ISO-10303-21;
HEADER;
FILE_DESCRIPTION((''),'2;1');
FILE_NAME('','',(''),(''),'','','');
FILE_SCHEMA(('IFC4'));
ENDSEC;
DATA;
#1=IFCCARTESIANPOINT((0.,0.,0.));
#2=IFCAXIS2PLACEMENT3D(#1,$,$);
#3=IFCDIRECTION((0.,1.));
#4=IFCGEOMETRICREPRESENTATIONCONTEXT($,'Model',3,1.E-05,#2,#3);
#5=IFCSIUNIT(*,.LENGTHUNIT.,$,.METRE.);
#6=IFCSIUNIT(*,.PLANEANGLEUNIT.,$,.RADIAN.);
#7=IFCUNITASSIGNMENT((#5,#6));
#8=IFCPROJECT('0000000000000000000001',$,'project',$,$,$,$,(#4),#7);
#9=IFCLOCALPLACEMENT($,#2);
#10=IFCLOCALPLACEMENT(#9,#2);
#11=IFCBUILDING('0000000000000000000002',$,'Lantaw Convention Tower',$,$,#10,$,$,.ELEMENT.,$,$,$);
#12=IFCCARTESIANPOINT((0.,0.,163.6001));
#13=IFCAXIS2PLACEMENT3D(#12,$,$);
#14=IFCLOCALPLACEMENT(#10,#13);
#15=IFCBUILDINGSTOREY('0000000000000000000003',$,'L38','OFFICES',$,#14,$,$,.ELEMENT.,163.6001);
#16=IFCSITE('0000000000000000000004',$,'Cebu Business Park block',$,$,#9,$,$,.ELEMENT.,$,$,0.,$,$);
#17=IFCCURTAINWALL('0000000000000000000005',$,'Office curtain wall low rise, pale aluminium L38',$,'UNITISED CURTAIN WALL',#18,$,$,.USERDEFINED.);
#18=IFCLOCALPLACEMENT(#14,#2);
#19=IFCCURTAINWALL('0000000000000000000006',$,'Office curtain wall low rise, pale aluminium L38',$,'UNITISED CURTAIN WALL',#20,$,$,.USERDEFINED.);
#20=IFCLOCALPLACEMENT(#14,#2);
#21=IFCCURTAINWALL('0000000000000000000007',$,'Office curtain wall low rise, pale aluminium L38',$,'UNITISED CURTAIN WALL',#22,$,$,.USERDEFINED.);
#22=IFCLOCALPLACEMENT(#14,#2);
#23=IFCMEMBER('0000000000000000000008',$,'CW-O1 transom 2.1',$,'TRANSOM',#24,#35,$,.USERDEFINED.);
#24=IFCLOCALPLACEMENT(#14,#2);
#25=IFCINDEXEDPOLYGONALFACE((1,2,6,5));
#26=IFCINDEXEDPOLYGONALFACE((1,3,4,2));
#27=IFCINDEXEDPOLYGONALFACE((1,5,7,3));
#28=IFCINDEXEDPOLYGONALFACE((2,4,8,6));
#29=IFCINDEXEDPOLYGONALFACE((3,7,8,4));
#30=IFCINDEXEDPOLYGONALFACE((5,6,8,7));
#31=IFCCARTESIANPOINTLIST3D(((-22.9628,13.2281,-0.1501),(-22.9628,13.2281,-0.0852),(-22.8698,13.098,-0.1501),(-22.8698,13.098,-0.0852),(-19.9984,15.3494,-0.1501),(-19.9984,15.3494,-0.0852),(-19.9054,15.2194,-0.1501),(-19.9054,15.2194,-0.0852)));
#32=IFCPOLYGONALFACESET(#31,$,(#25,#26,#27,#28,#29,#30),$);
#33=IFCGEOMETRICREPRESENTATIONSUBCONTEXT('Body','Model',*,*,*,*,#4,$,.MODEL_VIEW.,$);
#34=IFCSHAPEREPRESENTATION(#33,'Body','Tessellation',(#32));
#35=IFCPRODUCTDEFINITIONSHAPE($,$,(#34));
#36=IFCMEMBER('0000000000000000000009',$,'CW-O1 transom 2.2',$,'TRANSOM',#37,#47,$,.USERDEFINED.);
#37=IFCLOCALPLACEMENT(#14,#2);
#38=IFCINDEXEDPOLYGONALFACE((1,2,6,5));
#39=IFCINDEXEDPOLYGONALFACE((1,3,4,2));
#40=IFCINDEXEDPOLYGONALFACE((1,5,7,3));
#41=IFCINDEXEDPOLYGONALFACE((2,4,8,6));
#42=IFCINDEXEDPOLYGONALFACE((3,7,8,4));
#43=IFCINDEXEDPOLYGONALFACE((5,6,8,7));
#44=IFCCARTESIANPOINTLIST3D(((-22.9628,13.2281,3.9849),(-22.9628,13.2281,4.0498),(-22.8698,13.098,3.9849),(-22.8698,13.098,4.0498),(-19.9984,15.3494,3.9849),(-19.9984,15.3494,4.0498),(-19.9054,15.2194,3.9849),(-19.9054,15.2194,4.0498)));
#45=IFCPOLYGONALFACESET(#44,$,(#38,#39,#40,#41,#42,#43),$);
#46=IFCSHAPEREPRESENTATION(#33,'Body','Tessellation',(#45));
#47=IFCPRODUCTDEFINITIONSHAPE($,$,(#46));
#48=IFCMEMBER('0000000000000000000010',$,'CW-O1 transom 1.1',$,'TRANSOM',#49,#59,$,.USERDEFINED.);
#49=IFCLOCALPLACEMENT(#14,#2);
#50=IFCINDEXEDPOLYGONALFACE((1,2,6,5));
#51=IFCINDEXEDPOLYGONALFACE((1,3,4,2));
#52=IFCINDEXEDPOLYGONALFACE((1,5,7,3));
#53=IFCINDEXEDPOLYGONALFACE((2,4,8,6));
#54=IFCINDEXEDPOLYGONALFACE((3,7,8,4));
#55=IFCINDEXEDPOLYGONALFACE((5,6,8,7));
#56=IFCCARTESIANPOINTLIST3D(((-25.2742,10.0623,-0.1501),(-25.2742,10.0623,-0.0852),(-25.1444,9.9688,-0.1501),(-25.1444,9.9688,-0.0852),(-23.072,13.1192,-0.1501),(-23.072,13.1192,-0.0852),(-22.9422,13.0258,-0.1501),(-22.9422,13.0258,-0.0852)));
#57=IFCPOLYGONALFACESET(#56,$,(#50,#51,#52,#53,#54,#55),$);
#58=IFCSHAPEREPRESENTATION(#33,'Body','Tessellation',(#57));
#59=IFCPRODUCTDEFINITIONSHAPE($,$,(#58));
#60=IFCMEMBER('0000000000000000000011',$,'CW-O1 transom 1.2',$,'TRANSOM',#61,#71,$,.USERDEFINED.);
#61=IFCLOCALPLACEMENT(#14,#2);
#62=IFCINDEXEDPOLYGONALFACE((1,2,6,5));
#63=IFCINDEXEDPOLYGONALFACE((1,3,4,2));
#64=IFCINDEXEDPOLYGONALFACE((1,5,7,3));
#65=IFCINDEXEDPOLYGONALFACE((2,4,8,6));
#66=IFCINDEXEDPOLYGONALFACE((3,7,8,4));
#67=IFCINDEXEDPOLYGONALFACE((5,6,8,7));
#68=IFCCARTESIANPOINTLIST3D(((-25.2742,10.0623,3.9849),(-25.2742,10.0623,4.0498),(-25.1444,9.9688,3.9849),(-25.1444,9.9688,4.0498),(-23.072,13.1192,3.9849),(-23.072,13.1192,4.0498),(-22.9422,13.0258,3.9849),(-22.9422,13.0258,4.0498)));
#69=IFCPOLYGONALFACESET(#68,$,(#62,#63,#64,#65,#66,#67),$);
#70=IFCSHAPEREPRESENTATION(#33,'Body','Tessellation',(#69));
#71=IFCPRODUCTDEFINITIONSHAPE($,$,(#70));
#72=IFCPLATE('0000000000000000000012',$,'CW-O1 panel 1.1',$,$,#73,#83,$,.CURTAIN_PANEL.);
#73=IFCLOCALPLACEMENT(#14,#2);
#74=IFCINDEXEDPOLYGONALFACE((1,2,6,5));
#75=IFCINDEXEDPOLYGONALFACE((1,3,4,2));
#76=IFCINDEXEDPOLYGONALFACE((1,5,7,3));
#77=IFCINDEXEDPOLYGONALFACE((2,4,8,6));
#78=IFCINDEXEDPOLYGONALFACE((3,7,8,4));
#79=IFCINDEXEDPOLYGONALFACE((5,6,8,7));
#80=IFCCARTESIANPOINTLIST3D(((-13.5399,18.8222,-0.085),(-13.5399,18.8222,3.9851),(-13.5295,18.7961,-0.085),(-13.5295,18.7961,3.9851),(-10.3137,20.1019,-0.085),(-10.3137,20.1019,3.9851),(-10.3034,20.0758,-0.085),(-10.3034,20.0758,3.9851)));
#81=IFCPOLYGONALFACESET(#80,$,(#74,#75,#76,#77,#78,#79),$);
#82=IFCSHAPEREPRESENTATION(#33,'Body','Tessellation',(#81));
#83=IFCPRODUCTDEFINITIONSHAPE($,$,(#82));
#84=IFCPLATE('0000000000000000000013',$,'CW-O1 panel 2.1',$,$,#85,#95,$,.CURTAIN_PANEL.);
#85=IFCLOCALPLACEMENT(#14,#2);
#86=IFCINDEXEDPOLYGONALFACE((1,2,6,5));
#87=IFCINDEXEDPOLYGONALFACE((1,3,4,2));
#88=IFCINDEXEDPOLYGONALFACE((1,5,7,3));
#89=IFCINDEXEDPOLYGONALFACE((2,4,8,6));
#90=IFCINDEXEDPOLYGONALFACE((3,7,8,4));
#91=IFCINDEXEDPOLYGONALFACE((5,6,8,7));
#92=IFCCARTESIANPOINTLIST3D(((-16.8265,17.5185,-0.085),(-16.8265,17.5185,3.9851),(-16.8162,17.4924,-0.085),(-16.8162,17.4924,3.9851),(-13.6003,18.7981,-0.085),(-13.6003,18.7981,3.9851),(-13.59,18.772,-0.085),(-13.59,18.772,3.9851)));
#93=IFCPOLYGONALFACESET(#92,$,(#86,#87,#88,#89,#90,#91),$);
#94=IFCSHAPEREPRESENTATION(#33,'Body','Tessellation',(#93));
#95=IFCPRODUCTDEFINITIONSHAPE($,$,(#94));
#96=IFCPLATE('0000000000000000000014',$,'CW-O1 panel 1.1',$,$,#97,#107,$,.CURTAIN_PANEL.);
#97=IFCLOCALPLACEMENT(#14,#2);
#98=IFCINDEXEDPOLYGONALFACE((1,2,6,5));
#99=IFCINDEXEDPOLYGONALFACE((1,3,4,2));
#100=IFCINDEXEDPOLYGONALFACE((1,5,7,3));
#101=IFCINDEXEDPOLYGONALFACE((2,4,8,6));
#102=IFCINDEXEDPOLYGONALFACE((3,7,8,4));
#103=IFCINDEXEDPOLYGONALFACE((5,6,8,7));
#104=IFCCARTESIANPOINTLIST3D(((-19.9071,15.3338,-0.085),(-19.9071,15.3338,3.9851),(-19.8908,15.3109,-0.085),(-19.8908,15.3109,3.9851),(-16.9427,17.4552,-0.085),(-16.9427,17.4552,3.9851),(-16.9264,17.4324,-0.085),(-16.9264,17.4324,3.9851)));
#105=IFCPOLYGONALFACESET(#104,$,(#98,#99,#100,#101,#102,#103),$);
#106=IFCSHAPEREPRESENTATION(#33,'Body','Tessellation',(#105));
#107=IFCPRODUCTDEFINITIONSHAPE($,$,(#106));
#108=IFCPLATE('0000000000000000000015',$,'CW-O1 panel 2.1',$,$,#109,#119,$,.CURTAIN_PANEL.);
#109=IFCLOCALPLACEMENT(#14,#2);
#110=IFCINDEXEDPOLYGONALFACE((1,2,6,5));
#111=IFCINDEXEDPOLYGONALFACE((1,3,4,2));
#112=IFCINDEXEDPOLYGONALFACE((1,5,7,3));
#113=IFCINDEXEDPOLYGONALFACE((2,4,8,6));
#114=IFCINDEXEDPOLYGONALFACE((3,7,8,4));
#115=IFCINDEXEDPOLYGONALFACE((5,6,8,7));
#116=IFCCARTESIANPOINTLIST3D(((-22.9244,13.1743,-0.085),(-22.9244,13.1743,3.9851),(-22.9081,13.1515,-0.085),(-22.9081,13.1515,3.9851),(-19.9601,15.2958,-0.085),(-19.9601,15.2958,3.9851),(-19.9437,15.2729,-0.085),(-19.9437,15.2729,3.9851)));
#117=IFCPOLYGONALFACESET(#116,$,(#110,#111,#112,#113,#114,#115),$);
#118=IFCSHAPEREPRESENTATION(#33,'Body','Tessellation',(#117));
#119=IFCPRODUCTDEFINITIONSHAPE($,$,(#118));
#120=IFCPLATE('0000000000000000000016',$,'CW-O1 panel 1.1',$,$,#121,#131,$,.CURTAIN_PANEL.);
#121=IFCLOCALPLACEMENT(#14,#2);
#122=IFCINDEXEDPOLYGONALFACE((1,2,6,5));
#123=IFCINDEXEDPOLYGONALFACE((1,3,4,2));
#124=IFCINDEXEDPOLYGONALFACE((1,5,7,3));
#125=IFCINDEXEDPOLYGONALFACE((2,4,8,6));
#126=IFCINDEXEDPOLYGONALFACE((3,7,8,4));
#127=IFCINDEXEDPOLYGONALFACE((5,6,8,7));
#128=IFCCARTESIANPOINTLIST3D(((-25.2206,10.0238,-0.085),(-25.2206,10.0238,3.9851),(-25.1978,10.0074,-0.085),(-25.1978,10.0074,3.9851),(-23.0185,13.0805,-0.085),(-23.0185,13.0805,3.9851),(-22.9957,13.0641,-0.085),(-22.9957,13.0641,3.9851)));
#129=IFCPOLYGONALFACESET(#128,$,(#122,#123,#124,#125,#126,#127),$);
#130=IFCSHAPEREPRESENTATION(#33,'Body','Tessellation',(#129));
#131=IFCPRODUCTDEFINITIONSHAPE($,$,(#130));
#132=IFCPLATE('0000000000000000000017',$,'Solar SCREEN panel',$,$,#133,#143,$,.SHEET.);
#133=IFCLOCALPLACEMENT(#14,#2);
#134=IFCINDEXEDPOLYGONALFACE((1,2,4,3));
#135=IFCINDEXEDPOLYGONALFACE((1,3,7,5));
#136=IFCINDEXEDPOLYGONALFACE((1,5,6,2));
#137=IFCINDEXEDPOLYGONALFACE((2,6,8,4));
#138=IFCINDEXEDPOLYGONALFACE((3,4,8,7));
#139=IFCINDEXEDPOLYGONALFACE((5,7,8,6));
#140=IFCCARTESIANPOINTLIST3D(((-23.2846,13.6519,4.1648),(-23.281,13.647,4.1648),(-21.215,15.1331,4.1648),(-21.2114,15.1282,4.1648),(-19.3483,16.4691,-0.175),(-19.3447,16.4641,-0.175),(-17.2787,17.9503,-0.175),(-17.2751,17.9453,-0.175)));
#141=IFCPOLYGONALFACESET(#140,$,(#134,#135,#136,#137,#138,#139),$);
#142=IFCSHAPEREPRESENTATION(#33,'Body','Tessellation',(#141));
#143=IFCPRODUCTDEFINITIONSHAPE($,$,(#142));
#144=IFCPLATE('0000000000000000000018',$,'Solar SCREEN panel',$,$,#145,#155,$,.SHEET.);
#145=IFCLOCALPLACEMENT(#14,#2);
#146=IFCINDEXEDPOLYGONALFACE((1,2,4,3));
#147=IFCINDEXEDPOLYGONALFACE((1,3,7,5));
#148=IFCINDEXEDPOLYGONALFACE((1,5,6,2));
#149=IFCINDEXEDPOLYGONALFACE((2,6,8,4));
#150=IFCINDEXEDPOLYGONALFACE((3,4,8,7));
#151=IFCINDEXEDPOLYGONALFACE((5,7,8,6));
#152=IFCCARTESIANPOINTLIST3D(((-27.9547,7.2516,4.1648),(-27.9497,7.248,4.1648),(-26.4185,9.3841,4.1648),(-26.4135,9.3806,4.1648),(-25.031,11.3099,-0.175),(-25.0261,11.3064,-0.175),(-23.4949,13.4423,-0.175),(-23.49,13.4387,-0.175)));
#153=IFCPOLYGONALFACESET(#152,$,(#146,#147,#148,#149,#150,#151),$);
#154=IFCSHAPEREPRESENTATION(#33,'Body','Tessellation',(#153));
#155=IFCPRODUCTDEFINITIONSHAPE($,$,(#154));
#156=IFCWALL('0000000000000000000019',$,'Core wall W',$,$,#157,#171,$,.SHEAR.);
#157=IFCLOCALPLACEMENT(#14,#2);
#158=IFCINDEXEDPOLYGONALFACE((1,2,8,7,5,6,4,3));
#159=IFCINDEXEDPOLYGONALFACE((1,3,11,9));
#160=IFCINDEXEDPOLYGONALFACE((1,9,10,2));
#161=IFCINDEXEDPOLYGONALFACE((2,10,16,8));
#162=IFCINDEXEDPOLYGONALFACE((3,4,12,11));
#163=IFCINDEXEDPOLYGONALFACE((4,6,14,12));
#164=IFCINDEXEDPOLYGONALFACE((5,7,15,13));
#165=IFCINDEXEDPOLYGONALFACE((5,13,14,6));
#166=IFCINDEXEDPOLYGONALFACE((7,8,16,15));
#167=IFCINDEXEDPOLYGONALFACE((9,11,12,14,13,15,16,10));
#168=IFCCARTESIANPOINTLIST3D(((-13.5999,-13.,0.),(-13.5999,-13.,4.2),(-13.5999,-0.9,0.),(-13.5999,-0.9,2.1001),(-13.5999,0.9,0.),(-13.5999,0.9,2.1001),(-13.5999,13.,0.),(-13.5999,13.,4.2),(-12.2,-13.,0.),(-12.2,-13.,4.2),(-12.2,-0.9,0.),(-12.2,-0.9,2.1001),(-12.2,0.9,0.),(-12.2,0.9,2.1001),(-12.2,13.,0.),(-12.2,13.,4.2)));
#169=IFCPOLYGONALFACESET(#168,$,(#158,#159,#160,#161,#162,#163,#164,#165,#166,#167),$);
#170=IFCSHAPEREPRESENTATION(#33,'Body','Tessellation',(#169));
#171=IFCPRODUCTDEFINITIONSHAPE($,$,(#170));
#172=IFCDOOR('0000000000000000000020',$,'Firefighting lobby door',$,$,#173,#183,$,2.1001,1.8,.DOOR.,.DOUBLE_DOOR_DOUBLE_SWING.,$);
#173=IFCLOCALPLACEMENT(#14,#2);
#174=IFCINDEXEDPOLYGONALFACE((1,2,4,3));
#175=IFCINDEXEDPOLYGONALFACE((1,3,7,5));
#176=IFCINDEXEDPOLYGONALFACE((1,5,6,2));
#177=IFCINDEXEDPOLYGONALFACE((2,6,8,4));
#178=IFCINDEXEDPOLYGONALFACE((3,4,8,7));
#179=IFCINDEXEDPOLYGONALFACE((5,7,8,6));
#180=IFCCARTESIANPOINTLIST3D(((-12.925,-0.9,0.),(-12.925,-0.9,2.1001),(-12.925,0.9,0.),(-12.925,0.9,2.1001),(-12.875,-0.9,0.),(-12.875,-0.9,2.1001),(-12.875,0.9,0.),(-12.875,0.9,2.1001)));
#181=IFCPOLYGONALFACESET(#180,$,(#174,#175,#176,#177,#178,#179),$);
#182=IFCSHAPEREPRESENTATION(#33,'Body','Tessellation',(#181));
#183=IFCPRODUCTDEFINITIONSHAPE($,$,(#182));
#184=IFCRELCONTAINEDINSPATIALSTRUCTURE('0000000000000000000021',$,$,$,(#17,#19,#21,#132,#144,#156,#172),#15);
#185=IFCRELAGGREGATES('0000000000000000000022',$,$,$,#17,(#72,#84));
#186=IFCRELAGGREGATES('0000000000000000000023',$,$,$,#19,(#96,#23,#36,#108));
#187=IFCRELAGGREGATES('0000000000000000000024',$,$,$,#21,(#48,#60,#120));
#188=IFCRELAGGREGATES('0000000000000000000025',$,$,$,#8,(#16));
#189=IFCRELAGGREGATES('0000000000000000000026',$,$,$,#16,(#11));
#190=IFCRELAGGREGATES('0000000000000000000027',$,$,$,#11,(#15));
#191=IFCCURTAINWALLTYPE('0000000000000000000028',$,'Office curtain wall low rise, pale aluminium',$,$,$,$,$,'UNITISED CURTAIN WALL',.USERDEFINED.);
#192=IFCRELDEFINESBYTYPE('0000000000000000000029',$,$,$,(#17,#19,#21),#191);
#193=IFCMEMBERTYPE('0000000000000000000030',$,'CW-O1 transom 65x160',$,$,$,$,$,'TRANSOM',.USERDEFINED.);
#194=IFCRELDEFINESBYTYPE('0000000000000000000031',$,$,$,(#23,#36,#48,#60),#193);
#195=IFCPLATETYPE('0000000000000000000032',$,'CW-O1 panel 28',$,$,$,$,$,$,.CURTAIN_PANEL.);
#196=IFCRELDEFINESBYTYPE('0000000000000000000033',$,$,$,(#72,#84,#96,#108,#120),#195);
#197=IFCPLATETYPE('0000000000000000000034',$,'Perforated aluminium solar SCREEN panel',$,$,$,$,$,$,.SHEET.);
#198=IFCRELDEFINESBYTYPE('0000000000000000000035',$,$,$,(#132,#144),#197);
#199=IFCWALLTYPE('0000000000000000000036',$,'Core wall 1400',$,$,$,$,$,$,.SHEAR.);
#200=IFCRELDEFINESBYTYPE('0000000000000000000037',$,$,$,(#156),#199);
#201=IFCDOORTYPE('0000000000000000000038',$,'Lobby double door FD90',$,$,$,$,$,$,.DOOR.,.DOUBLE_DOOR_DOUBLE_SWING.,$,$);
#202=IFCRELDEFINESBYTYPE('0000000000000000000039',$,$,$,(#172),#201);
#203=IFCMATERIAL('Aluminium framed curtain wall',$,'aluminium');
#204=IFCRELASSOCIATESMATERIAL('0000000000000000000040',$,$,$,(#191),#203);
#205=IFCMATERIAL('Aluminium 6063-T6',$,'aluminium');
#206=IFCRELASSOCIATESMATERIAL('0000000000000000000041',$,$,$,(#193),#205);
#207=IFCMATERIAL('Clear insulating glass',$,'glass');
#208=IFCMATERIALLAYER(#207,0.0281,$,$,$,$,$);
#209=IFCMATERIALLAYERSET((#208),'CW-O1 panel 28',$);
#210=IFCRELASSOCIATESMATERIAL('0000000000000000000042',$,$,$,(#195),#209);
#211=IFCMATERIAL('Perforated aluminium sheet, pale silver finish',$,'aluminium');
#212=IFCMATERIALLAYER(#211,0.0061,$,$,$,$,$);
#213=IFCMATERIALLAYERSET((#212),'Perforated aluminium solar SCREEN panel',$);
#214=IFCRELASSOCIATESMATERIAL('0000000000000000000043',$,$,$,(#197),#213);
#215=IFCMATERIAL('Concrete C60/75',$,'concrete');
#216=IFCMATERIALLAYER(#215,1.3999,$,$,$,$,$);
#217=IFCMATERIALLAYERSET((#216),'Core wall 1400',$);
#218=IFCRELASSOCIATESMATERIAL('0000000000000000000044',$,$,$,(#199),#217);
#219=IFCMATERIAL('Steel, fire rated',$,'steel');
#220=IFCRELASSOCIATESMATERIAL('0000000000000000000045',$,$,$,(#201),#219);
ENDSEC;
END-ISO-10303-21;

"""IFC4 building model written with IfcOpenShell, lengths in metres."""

from ifc_helpers import new_model, si_unit, direction, frame, frame_2d, origin, origin_2d, place, context, subcontext, project, spatial, polyline, rectangle, outline, extrude, material, layer, layer_set, material_profile, profile_set, type_object, element, fill, aggregate, save


model = new_model("IFC4")

# Units and contexts
model_context = context("Model", 3, precision=1e-05, world=origin(), true_north=direction((0.0, 1.0)))
body_context = subcontext(model_context, "Body", "Model", "MODEL_VIEW")
ifc_project = project(units=[si_unit("LENGTHUNIT", "METRE"), si_unit("PLANEANGLEUNIT", "RADIAN")], contexts=[model_context])

# Site, building, storey
site_placement = place(None, origin())
site = spatial("IfcSite", under=ifc_project, at=site_placement, Name="Cebu Business Park block", CompositionType="ELEMENT", RefElevation=0.0)
building_placement = place(site_placement, origin())
building = spatial("IfcBuilding", under=site, at=building_placement, Name="Lantaw Convention Tower", CompositionType="ELEMENT")
storey_placement = place(building_placement, frame((0.0, 0.0, 163.6001)))
storey = spatial("IfcBuildingStorey", under=building, at=storey_placement, Name="L38", Description="OFFICES", CompositionType="ELEMENT", Elevation=163.6001)

# Shared definitions
ifc_material_1 = material(Name="Concrete C60/75", Category="concrete")

# Curtain walls
ifc_material_2 = material(Name="Aluminium framed curtain wall", Category="aluminium")
curtain_wall_type = type_object("IfcCurtainWallType", Name="Office curtain wall low rise, pale aluminium", ElementType="UNITISED CURTAIN WALL", PredefinedType="USERDEFINED", material=ifc_material_2)
curtain_wall_1_placement = place(storey_placement, origin())
curtain_wall_1 = element("IfcCurtainWall", 1, at=curtain_wall_1_placement, inside=storey, type_object=curtain_wall_type, Name="Office curtain wall low rise, pale aluminium L38", ObjectType="UNITISED CURTAIN WALL", PredefinedType="USERDEFINED")
ifc_material_3 = material(Name="Aluminium 6063-T6", Category="aluminium")
curtain_wall_2_placement = place(storey_placement, origin())
curtain_wall_2 = element("IfcCurtainWall", 2, at=curtain_wall_2_placement, inside=storey, type_object=curtain_wall_type, Name="Office curtain wall low rise, pale aluminium L38", ObjectType="UNITISED CURTAIN WALL", PredefinedType="USERDEFINED")
curtain_wall_3_placement = place(storey_placement, origin())
curtain_wall_3 = element("IfcCurtainWall", 3, at=curtain_wall_3_placement, inside=storey, type_object=curtain_wall_type, Name="Office curtain wall low rise, pale aluminium L38", ObjectType="UNITISED CURTAIN WALL", PredefinedType="USERDEFINED")

# Members
ifc_material_profile_1 = material_profile(ifc_material_3, rectangle(XDim=0.1599, YDim=0.0649, at=origin_2d()), Name="CW-O1 transom 65x160")
ifc_profile_set_1 = profile_set([ifc_material_profile_1], Name="Aluminium 6063-T6")
member_type_1 = type_object("IfcMemberType", Name="CW-O1 transom 65x160", ElementType="TRANSOM", PredefinedType="USERDEFINED", material=ifc_profile_set_1)
member_1_placement = place(storey_placement, frame((-19.9519, 15.2844, -0.1177), z_axis=(-0.813222, -0.581954, 0.0), x_axis=(0.581954, -0.813222, 0.0)))
member_1 = element("IfcMember", 4, at=member_1_placement, type_object=member_type_1, Name="CW-O1 transom 2.1", ObjectType="TRANSOM", PredefinedType="USERDEFINED", context=body_context, shape_type="SweptSolid", body=[
    extrude(rectangle(XDim=0.1599, YDim=0.0649, at=origin_2d()), origin(), (0.0, 0.0, 1.0), 3.6453),
])
member_2_placement = place(storey_placement, frame((-19.9519, 15.2844, 4.0173), z_axis=(-0.813222, -0.581954, 0.0), x_axis=(0.581954, -0.813222, 0.0)))
member_2 = element("IfcMember", 5, at=member_2_placement, type_object=member_type_1, Name="CW-O1 transom 2.2", ObjectType="TRANSOM", PredefinedType="USERDEFINED", context=body_context, shape_type="SweptSolid", body=[
    extrude(rectangle(XDim=0.1599, YDim=0.0649, at=origin_2d()), origin(), (0.0, 0.0, 1.0), 3.6453),
])
member_3_placement = place(storey_placement, frame((-23.0071, 13.0725, -0.1177), z_axis=(-0.584513, -0.811384, 0.0), x_axis=(0.811384, -0.584513, 0.0)))
member_3 = element("IfcMember", 6, at=member_3_placement, type_object=member_type_1, Name="CW-O1 transom 1.1", ObjectType="TRANSOM", PredefinedType="USERDEFINED", context=body_context, shape_type="SweptSolid", body=[
    extrude(rectangle(XDim=0.1599, YDim=0.0649, at=origin_2d()), origin(), (0.0, 0.0, 1.0), 3.7676),
])
member_4_placement = place(storey_placement, frame((-23.0071, 13.0725, 4.0173), z_axis=(-0.584513, -0.811384, 0.0), x_axis=(0.811384, -0.584513, 0.0)))
member_4 = element("IfcMember", 7, at=member_4_placement, type_object=member_type_1, Name="CW-O1 transom 1.2", ObjectType="TRANSOM", PredefinedType="USERDEFINED", context=body_context, shape_type="SweptSolid", body=[
    extrude(rectangle(XDim=0.1599, YDim=0.0649, at=origin_2d()), origin(), (0.0, 0.0, 1.0), 3.7676),
])

# Plates
ifc_material_4 = material(Name="Clear insulating glass", Category="glass")
ifc_layer_1 = layer(ifc_material_4, 0.0281)
ifc_layer_set_1 = layer_set([ifc_layer_1], Name="CW-O1 panel 28")
plate_type_1 = type_object("IfcPlateType", Name="CW-O1 panel 28", PredefinedType="CURTAIN_PANEL", material=ifc_layer_set_1)
plate_1_placement = place(storey_placement, frame((-11.9216, 19.449, -0.085), z_axis=(0.0, 0.0, 1.0), x_axis=(-0.929548, -0.368702, 0.0)))
plate_1 = element("IfcPlate", 8, at=plate_1_placement, type_object=plate_type_1, Name="CW-O1 panel 1.1", PredefinedType="CURTAIN_PANEL", context=body_context, shape_type="SweptSolid", body=[
    extrude(rectangle(XDim=3.4707, YDim=0.0281, at=origin_2d()), origin(), (0.0, 0.0, 1.0), 4.0701),
])
plate_2_placement = place(storey_placement, frame((-15.2083, 18.1453, -0.085), z_axis=(0.0, 0.0, 1.0), x_axis=(-0.929548, -0.368702, 0.0)))
plate_2 = element("IfcPlate", 9, at=plate_2_placement, type_object=plate_type_1, Name="CW-O1 panel 2.1", PredefinedType="CURTAIN_PANEL", context=body_context, shape_type="SweptSolid", body=[
    extrude(rectangle(XDim=3.4707, YDim=0.0281, at=origin_2d()), origin(), (0.0, 0.0, 1.0), 4.0701),
])
aggregate(curtain_wall_1, [plate_1, plate_2])
plate_3_placement = place(storey_placement, frame((-18.4167, 16.3831, -0.085), z_axis=(0.0, 0.0, 1.0), x_axis=(-0.813208, -0.581973, 0.0)))
plate_3 = element("IfcPlate", 10, at=plate_3_placement, type_object=plate_type_1, Name="CW-O1 panel 1.1", PredefinedType="CURTAIN_PANEL", context=body_context, shape_type="SweptSolid", body=[
    extrude(rectangle(XDim=3.6453, YDim=0.0281, at=origin_2d()), origin(), (0.0, 0.0, 1.0), 4.0701),
])
plate_4_placement = place(storey_placement, frame((-21.4341, 14.2236, -0.085), z_axis=(0.0, 0.0, 1.0), x_axis=(-0.813208, -0.581973, 0.0)))
plate_4 = element("IfcPlate", 11, at=plate_4_placement, type_object=plate_type_1, Name="CW-O1 panel 2.1", PredefinedType="CURTAIN_PANEL", context=body_context, shape_type="SweptSolid", body=[
    extrude(rectangle(XDim=3.6453, YDim=0.0281, at=origin_2d()), origin(), (0.0, 0.0, 1.0), 4.0701),
])
aggregate(curtain_wall_2, [plate_3, member_1, member_2, plate_4])
plate_5_placement = place(storey_placement, frame((-24.1082, 11.5439, -0.085), z_axis=(0.0, 0.0, 1.0), x_axis=(-0.584513, -0.811385, 0.0)))
plate_5 = element("IfcPlate", 12, at=plate_5_placement, type_object=plate_type_1, Name="CW-O1 panel 1.1", PredefinedType="CURTAIN_PANEL", context=body_context, shape_type="SweptSolid", body=[
    extrude(rectangle(XDim=3.7673, YDim=0.0281, at=origin_2d()), origin(), (0.0, 0.0, 1.0), 4.0701),
])
aggregate(curtain_wall_3, [member_3, member_4, plate_5])

# Plates
ifc_material_5 = material(Name="Perforated aluminium sheet, pale silver finish", Category="aluminium")
ifc_layer_2 = layer(ifc_material_5, 0.0061)
ifc_layer_set_2 = layer_set([ifc_layer_2], Name="Perforated aluminium solar SCREEN panel")
plate_type_2 = type_object("IfcPlateType", Name="Perforated aluminium solar SCREEN panel", PredefinedType="SHEET", material=ifc_layer_set_2)
plate_6_placement = place(storey_placement, frame((-17.2751, 17.9453, -0.175), z_axis=(0.582, -0.813189, 0.000012), x_axis=(-0.813189, -0.582, 0.0)))
element("IfcPlate", 13, at=plate_6_placement, inside=storey, type_object=plate_type_2, Name="Solar SCREEN panel", PredefinedType="SHEET", context=body_context, shape_type="SweptSolid", body=[
    extrude(outline(polyline([(0.0, 0.0), (2.545, 0.0), (7.3855, -4.3398), (4.8405, -4.3398), (0.0, 0.0)])), origin(), (0.0, 0.0, -1.0), 0.0061),
])
plate_7_placement = place(storey_placement, frame((-23.49, 13.4387, -0.175), z_axis=(0.811395, -0.584498, 0.000036), x_axis=(-0.584498, -0.811395, 0.0)))
element("IfcPlate", 14, at=plate_7_placement, inside=storey, type_object=plate_type_2, Name="Solar SCREEN panel", PredefinedType="SHEET", context=body_context, shape_type="SweptSolid", body=[
    extrude(outline(polyline([(0.0, 0.0), (2.628, 0.0), (7.6298, -4.3398), (5.0016, -4.3398), (0.0, 0.0)])), origin(), (0.0, 0.0, -1.0), 0.0061),
])

# Wall, opening, door
ifc_layer_3 = layer(ifc_material_1, 1.3999)
ifc_layer_set_3 = layer_set([ifc_layer_3], Name="Core wall 1400")
wall_type_1 = type_object("IfcWallType", Name="Core wall 1400", PredefinedType="SHEAR", material=ifc_layer_set_3)
wall_1_placement = place(storey_placement, frame((-12.8999, 13.0, 0.0), z_axis=(0.0, 0.0, 1.0), x_axis=(0.0, -1.0, 0.0)))
wall_1 = element("IfcWall", 15, at=wall_1_placement, inside=storey, type_object=wall_type_1, Name="Core wall W", PredefinedType="SHEAR", context=body_context, shape_type="SweptSolid", body=[
    extrude(rectangle(XDim=26.0, YDim=1.3999, at=frame_2d((13.0, 0.0))), origin(), (0.0, 0.0, 1.0), 4.2),
])
opening_placement = place(wall_1_placement, frame((12.1001, 0.0, 0.0)))
opening = element("IfcOpeningElement", 16, at=opening_placement, cuts=wall_1, PredefinedType="OPENING", context=body_context, shape_type="SweptSolid", body=[
    extrude(rectangle(XDim=1.8, YDim=2.1001, at=frame_2d((0.8999, 1.05))), frame((0.0, 0.71, 0.0), z_axis=(0.0, -1.0, 0.0), x_axis=(1.0, 0.0, 0.0)), (0.0, 0.0, 1.0), 1.4199),
])
ifc_material_6 = material(Name="Steel, fire rated", Category="steel")
door_type = type_object("IfcDoorType", Name="Lobby double door FD90", OperationType="DOUBLE_DOOR_DOUBLE_SWING", PredefinedType="DOOR", material=ifc_material_6)
door_placement = place(opening_placement, origin())
door = element("IfcDoor", 17, at=door_placement, inside=storey, type_object=door_type, Name="Firefighting lobby door", OperationType="DOUBLE_DOOR_DOUBLE_SWING", OverallHeight=2.1001, OverallWidth=1.8, PredefinedType="DOOR", context=body_context, shape_type="SweptSolid", body=[
    extrude(rectangle(XDim=1.8, YDim=2.1001, at=frame_2d((0.8999, 1.05))), frame((0.0, 0.0249, 0.0), z_axis=(0.0, -1.0, 0.0), x_axis=(1.0, 0.0, 0.0)), (0.0, 0.0, 1.0), 0.05),
])
fill(opening, door)

save(model, "model.ifc")
